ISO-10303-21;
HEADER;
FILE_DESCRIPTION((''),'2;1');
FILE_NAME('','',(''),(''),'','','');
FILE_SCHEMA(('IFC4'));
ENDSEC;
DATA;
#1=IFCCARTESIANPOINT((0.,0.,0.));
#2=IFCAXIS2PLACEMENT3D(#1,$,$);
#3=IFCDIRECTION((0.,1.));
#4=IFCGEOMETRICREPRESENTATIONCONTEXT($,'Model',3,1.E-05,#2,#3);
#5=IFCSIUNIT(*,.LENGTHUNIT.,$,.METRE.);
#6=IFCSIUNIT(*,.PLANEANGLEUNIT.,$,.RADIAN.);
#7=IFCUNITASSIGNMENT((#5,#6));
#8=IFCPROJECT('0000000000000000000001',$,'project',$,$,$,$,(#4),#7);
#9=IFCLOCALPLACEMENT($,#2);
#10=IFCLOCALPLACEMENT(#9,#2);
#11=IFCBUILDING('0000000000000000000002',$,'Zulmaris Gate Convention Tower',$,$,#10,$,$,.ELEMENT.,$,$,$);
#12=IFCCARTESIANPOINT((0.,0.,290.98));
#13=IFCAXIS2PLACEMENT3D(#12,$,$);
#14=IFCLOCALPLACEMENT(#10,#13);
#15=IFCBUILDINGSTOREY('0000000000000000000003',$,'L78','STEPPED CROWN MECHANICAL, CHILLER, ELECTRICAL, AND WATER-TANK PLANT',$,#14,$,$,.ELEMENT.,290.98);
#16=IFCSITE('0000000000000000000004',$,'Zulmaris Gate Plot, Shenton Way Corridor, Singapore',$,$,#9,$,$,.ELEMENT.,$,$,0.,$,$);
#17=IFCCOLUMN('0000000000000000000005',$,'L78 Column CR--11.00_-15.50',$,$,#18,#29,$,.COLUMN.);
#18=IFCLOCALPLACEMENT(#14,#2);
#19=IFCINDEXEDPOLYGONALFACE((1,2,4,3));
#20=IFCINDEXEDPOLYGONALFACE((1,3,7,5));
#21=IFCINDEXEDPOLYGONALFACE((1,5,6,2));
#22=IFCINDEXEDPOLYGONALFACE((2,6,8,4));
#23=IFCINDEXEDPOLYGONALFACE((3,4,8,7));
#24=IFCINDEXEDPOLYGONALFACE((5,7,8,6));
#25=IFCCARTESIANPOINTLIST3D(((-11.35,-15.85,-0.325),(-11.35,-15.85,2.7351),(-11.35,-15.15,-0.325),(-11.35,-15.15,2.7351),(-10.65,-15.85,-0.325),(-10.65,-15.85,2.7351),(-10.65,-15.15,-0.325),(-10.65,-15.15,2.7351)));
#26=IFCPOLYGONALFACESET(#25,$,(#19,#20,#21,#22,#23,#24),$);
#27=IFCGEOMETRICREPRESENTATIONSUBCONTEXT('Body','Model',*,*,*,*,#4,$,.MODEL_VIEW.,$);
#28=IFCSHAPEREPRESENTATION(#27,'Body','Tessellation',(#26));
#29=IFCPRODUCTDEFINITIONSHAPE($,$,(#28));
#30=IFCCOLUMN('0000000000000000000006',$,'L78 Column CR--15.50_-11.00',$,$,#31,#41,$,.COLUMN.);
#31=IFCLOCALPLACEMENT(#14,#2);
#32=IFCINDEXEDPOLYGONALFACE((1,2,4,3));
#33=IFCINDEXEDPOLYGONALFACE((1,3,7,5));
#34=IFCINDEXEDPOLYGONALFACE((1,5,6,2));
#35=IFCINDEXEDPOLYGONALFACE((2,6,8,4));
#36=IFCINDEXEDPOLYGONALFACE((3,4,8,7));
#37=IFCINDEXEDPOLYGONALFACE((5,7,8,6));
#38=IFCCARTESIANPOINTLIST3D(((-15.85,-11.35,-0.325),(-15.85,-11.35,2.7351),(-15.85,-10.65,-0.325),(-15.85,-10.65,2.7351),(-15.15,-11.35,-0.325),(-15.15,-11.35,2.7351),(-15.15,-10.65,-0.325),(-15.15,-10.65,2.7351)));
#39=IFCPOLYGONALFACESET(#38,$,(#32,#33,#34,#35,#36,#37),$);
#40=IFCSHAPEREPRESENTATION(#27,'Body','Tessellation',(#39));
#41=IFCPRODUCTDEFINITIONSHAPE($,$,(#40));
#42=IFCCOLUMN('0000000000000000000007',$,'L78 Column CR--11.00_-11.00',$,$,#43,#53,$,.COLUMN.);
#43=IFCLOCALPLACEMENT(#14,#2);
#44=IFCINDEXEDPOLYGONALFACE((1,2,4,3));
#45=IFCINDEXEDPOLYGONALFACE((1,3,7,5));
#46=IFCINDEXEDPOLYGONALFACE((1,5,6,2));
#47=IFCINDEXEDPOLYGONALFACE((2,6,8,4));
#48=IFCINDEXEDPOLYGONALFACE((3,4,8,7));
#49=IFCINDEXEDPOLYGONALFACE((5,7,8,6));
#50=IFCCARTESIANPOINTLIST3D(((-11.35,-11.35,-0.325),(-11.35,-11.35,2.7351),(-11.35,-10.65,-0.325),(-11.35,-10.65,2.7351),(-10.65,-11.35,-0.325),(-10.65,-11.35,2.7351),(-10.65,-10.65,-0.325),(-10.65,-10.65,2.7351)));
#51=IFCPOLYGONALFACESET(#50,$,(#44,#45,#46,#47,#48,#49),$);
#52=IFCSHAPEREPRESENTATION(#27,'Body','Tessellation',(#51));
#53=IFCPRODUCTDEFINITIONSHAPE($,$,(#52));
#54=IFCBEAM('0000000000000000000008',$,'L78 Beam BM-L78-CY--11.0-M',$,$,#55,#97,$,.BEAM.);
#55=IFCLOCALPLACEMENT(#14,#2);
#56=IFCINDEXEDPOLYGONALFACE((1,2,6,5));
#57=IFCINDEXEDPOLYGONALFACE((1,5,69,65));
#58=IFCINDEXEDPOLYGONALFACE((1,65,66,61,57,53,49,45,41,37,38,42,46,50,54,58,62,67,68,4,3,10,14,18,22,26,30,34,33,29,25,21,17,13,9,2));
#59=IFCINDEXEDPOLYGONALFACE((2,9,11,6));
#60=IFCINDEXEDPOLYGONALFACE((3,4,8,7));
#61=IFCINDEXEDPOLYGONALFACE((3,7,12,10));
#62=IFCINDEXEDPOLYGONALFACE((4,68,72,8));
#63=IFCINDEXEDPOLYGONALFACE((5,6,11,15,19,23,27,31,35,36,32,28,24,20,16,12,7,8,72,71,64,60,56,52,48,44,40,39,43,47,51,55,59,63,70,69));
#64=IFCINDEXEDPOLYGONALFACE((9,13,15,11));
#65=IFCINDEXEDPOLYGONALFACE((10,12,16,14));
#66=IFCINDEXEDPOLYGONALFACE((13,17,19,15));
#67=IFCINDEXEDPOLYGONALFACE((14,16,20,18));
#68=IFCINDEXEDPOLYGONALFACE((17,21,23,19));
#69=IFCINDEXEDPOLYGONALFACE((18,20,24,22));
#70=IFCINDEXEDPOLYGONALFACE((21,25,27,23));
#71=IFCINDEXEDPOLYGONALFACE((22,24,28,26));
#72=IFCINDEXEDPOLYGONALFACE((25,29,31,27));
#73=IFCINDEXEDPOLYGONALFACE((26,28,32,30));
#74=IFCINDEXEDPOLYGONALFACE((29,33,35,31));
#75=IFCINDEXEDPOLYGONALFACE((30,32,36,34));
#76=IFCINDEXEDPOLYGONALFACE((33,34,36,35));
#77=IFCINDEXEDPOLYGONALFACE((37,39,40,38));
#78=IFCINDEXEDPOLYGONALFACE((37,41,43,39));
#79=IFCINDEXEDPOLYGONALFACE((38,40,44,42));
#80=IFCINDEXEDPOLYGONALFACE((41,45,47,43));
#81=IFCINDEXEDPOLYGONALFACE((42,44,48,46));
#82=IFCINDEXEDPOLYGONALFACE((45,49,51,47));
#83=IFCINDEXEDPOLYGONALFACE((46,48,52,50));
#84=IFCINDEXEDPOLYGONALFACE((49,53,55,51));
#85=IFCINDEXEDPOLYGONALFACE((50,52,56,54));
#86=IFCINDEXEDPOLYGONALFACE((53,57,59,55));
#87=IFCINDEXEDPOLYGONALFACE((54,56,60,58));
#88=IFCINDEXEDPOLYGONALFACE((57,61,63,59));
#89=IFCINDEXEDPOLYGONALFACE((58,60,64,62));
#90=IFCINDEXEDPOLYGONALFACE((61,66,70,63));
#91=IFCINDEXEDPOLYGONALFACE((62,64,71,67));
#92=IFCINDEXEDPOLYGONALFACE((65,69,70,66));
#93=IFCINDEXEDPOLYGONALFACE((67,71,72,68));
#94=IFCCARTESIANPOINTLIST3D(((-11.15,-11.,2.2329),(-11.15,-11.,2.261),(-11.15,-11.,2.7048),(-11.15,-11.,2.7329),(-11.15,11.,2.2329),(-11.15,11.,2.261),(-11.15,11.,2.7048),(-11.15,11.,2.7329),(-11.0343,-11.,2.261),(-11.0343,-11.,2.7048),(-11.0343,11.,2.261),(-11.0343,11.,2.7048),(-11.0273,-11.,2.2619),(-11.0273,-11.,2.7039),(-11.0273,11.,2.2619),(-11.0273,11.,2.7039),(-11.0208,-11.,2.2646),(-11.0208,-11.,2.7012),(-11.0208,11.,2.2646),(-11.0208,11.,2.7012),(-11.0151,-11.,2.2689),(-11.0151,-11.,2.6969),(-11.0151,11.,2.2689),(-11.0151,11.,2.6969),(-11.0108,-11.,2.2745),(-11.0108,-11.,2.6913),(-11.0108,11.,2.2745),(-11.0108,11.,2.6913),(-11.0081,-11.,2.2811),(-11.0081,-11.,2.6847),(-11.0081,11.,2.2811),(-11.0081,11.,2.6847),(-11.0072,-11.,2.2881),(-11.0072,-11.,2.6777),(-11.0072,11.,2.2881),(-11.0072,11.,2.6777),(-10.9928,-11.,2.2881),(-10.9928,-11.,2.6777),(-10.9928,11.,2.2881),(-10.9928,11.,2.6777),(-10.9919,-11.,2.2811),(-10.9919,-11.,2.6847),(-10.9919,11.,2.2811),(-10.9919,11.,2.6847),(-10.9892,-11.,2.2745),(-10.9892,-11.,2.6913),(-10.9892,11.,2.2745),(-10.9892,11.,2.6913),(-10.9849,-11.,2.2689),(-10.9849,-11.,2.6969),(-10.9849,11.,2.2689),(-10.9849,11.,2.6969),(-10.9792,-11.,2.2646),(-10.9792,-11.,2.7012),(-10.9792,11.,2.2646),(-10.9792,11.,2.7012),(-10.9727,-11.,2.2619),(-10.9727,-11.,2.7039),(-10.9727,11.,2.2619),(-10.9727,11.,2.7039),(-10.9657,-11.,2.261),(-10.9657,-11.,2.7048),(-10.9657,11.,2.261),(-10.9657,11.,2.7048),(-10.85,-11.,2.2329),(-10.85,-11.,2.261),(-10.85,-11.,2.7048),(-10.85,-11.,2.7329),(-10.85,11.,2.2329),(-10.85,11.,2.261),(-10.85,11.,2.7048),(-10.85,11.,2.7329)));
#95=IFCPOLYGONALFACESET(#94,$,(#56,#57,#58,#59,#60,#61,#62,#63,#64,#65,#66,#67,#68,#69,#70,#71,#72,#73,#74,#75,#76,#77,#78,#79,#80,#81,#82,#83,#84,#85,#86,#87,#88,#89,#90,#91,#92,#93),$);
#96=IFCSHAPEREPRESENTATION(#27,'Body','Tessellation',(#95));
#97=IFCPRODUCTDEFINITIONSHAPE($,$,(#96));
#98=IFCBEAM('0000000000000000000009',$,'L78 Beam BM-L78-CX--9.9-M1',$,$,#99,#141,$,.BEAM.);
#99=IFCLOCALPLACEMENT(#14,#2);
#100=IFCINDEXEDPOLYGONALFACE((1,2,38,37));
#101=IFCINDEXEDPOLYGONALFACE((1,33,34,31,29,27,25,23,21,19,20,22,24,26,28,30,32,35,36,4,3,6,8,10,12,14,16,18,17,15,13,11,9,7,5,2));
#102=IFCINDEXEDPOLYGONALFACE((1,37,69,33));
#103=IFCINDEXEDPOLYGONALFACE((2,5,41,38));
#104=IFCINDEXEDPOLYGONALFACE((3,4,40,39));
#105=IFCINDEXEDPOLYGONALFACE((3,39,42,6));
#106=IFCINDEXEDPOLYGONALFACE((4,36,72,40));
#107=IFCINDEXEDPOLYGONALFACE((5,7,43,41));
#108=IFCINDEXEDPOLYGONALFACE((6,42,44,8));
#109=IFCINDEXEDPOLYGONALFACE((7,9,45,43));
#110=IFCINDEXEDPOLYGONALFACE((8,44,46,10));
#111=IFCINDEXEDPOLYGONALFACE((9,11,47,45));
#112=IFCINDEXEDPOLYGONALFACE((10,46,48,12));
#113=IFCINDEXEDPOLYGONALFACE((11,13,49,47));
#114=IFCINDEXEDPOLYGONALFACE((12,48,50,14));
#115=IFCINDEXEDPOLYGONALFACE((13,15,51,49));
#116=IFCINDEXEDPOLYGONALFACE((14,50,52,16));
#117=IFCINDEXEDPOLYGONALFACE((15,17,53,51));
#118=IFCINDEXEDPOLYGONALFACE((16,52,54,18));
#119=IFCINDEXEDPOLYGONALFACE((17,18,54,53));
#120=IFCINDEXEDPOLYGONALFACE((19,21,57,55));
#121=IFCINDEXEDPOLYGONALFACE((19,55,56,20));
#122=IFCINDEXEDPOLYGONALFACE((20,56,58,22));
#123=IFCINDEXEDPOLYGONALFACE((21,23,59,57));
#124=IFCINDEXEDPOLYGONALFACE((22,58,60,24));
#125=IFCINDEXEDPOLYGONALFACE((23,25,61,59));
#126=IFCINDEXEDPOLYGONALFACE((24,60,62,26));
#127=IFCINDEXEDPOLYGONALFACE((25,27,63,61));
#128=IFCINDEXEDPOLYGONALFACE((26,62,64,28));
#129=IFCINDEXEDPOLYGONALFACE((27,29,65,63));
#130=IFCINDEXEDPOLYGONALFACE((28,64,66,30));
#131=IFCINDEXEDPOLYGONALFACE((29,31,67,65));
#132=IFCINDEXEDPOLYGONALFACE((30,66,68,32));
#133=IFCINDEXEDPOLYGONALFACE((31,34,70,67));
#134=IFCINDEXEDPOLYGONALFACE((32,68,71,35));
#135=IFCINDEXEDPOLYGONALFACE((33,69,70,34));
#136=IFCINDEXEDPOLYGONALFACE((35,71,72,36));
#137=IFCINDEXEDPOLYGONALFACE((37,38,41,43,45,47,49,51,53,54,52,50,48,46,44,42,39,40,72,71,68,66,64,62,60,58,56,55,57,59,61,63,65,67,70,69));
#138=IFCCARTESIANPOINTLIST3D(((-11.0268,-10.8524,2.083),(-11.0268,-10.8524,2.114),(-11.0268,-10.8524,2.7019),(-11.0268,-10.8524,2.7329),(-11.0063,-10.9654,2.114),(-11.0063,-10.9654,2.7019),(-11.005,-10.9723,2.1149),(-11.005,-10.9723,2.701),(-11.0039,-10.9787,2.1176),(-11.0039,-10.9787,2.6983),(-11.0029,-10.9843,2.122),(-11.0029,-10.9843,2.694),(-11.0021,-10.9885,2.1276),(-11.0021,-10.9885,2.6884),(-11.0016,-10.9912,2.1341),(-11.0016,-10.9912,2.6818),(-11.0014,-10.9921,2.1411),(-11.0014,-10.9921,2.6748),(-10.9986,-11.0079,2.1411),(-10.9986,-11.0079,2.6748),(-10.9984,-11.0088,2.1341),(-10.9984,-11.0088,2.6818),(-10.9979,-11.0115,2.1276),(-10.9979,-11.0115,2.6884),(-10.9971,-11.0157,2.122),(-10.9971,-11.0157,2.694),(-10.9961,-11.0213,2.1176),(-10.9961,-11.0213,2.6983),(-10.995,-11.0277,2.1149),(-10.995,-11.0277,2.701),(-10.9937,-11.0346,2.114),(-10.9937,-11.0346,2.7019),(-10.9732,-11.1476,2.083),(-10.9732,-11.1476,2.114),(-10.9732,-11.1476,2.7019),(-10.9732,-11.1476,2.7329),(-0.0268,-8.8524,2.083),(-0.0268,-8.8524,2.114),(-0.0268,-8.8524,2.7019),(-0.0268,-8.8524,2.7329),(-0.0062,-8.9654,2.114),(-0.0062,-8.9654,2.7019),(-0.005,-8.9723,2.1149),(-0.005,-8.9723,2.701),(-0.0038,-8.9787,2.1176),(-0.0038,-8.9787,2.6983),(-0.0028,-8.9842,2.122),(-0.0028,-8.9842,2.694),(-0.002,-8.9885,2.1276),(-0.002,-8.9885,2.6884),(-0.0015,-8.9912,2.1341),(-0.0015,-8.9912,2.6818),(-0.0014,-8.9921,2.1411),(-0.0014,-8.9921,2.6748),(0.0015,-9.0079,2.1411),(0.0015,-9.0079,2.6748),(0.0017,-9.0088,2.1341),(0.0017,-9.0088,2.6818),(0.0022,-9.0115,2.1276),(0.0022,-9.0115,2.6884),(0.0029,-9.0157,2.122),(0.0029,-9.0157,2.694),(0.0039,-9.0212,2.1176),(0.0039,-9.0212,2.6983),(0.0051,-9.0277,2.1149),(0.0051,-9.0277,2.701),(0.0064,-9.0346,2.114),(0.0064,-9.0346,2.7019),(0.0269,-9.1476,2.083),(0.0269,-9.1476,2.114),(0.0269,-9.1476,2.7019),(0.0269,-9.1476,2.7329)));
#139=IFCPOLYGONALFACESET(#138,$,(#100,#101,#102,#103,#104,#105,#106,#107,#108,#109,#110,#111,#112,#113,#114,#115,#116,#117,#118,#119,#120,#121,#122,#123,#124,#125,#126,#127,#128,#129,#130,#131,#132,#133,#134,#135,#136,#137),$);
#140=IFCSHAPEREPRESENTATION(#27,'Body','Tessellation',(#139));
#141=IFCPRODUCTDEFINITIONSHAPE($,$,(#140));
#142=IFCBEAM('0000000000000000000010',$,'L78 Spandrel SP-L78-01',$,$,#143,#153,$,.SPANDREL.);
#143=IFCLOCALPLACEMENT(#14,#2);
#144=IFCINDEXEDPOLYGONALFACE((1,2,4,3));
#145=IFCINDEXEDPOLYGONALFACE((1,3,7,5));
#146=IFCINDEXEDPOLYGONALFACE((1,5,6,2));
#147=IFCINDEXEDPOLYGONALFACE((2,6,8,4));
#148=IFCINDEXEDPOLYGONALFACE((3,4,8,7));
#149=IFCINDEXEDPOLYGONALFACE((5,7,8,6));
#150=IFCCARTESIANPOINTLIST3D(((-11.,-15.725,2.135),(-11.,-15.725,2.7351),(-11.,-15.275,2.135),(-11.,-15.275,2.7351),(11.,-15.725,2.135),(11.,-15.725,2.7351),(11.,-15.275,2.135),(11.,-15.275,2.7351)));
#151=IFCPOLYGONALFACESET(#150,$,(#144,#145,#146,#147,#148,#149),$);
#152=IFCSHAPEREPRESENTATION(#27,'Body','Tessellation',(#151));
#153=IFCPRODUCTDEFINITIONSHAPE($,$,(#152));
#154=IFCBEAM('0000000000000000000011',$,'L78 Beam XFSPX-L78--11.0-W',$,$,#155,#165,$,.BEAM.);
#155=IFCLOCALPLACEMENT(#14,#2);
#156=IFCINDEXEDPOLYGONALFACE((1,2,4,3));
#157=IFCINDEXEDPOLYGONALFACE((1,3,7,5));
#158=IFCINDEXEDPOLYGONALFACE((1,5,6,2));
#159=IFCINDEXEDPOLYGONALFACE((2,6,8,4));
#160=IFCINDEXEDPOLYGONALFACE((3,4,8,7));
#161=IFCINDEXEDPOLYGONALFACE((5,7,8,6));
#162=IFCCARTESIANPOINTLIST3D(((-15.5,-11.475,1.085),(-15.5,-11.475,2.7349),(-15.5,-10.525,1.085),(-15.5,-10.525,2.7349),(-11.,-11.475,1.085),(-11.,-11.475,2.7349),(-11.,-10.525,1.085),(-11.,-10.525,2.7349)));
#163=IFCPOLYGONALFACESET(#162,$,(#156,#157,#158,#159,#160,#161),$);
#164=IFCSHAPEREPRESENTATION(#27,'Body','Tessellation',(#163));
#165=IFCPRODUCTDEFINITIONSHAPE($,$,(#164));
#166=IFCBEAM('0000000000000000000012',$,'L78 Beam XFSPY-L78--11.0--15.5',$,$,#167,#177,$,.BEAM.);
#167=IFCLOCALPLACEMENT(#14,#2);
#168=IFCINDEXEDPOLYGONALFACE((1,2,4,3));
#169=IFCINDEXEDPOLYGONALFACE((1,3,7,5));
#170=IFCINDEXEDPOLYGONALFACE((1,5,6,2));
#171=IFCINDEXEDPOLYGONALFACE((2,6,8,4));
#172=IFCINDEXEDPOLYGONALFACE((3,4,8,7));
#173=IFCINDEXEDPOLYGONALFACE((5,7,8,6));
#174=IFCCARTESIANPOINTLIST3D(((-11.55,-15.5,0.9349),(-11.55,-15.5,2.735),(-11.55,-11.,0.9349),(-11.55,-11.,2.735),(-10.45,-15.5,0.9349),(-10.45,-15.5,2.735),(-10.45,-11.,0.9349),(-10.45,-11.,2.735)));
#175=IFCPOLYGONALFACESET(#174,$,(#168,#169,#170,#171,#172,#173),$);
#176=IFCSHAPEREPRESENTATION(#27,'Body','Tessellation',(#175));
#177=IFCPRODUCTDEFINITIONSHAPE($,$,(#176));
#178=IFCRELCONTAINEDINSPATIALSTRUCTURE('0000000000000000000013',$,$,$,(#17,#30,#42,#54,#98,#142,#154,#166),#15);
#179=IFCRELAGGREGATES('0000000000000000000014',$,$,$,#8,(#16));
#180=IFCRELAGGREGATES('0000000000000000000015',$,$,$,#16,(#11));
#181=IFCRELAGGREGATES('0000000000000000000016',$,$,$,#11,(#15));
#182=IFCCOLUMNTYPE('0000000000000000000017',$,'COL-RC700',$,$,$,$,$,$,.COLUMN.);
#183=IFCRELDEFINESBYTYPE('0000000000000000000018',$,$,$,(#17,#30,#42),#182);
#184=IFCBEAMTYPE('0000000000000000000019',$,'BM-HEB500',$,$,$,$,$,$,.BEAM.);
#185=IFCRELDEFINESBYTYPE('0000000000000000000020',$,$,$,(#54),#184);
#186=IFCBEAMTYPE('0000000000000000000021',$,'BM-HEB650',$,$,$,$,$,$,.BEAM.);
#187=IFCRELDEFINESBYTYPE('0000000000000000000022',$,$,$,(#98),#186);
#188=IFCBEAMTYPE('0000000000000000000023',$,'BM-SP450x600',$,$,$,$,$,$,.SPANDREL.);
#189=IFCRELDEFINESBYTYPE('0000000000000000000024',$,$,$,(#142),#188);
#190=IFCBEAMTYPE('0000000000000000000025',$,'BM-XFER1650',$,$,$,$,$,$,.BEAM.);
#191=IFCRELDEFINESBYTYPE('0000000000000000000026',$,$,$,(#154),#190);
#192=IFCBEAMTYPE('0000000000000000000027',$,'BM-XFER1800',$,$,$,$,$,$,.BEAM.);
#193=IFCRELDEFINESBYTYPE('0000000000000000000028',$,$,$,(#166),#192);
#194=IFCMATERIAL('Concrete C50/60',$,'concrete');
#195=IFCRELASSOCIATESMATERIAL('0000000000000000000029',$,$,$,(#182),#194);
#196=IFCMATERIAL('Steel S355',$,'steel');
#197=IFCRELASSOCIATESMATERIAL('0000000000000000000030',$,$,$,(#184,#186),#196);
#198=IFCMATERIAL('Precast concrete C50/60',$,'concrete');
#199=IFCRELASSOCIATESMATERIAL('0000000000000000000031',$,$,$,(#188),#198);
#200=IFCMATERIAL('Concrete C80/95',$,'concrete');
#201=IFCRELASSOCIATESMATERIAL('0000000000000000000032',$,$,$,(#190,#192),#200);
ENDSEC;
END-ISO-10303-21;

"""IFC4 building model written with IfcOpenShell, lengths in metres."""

from ifc_helpers import new_model, si_unit, direction, frame, origin, origin_2d, place, context, subcontext, project, spatial, rectangle, i_section, extrude, material, material_profile, profile_set, type_object, element, save


model = new_model("IFC4")

# Units and contexts
model_context = context("Model", 3, precision=1e-05, world=origin(), true_north=direction((0.0, 1.0)))
body_context = subcontext(model_context, "Body", "Model", "MODEL_VIEW")
ifc_project = project(units=[si_unit("LENGTHUNIT", "METRE"), si_unit("PLANEANGLEUNIT", "RADIAN")], contexts=[model_context])

# Site, building, storey
site_placement = place(None, origin())
site = spatial("IfcSite", under=ifc_project, at=site_placement, Name="Zulmaris Gate Plot, Shenton Way Corridor, Singapore", CompositionType="ELEMENT", RefElevation=0.0)
building_placement = place(site_placement, origin())
building = spatial("IfcBuilding", under=site, at=building_placement, Name="Zulmaris Gate Convention Tower", CompositionType="ELEMENT")
storey_placement = place(building_placement, frame((0.0, 0.0, 290.98)))
storey = spatial("IfcBuildingStorey", under=building, at=storey_placement, Name="L78", Description="STEPPED CROWN MECHANICAL, CHILLER, ELECTRICAL, AND WATER-TANK PLANT", CompositionType="ELEMENT", Elevation=290.98)

# Columns
ifc_material_1 = material(Name="Concrete C50/60", Category="concrete")
ifc_material_profile_1 = material_profile(ifc_material_1, rectangle(XDim=0.7, YDim=0.7, at=origin_2d()), Name="RC COL 700x700")
ifc_profile_set_1 = profile_set([ifc_material_profile_1], Name="Concrete C50/60")
column_type = type_object("IfcColumnType", Name="COL-RC700", PredefinedType="COLUMN", material=ifc_profile_set_1)
for number, where, z_axis, x_axis, name in (
    (1, (-11.0, -15.5, -0.325), (0.0, 0.0, 1.0), (1.0, 0.0, 0.0), "L78 Column CR--11.00_-15.50"),
    (2, (-15.5, -11.0, -0.325), (0.0, 0.0, 1.0), (1.0, 0.0, 0.0), "L78 Column CR--15.50_-11.00"),
    (3, (-11.0, -11.0, -0.325), (0.0, 0.0, 1.0), (1.0, 0.0, 0.0), "L78 Column CR--11.00_-11.00"),
):
    element("IfcColumn", number, at=place(storey_placement, frame(where, z_axis=z_axis, x_axis=x_axis)), inside=storey, type_object=column_type, Name=name, PredefinedType="COLUMN", context=body_context, shape_type="SweptSolid", body=[
        extrude(rectangle(XDim=0.7, YDim=0.7, at=origin_2d()), origin(), (0.0, 0.0, 1.0), 3.0601),
    ])

# Beams
ifc_material_2 = material(Name="Steel S355", Category="steel")
ifc_material_profile_2 = material_profile(ifc_material_2, i_section(OverallWidth=0.3, OverallDepth=0.5, WebThickness=0.0144, FlangeThickness=0.0281, FilletRadius=0.0271, at=origin_2d()), Name="HEB 500")
ifc_profile_set_2 = profile_set([ifc_material_profile_2], Name="Steel S355")
beam_type_1 = type_object("IfcBeamType", Name="BM-HEB500", PredefinedType="BEAM", material=ifc_profile_set_2)
beam_1_placement = place(storey_placement, frame((-11.0, -11.0, 2.4829), z_axis=(0.0, 1.0, 0.0), x_axis=(-1.0, 0.0, 0.0)))
element("IfcBeam", 4, at=beam_1_placement, inside=storey, type_object=beam_type_1, Name="L78 Beam BM-L78-CY--11.0-M", PredefinedType="BEAM", context=body_context, shape_type="SweptSolid", body=[
    extrude(i_section(OverallWidth=0.3, OverallDepth=0.5, WebThickness=0.0144, FlangeThickness=0.0281, FilletRadius=0.0271, at=origin_2d()), origin(), (0.0, 0.0, 1.0), 22.0),
])
ifc_material_profile_3 = material_profile(ifc_material_2, i_section(OverallWidth=0.3, OverallDepth=0.6499, WebThickness=0.0161, FlangeThickness=0.031, FilletRadius=0.0271, at=origin_2d()), Name="HEB 650")
ifc_profile_set_3 = profile_set([ifc_material_profile_3], Name="Steel S355")
beam_type_2 = type_object("IfcBeamType", Name="BM-HEB650", PredefinedType="BEAM", material=ifc_profile_set_3)
beam_2_placement = place(storey_placement, frame((-11.0, -11.0, 2.408), z_axis=(0.98387, 0.178885, 0.0), x_axis=(-0.178885, 0.98387, 0.0)))
element("IfcBeam", 5, at=beam_2_placement, inside=storey, type_object=beam_type_2, Name="L78 Beam BM-L78-CX--9.9-M1", PredefinedType="BEAM", context=body_context, shape_type="SweptSolid", body=[
    extrude(i_section(OverallWidth=0.3, OverallDepth=0.6499, WebThickness=0.0161, FlangeThickness=0.031, FilletRadius=0.0271, at=origin_2d()), origin(), (0.0, 0.0, 1.0), 11.1804),
])
ifc_material_3 = material(Name="Precast concrete C50/60", Category="concrete")
ifc_material_profile_4 = material_profile(ifc_material_3, rectangle(XDim=0.45, YDim=0.6001, at=origin_2d()), Name="RC SPANDREL 450x600")
ifc_profile_set_4 = profile_set([ifc_material_profile_4], Name="Precast concrete C50/60")
beam_type_3 = type_object("IfcBeamType", Name="BM-SP450x600", PredefinedType="SPANDREL", material=ifc_profile_set_4)
beam_3_placement = place(storey_placement, frame((-11.0, -15.5, 2.4351), z_axis=(1.0, 0.0, 0.0), x_axis=(0.0, 1.0, 0.0)))
element("IfcBeam", 6, at=beam_3_placement, inside=storey, type_object=beam_type_3, Name="L78 Spandrel SP-L78-01", PredefinedType="SPANDREL", context=body_context, shape_type="SweptSolid", body=[
    extrude(rectangle(XDim=0.45, YDim=0.6001, at=origin_2d()), origin(), (0.0, 0.0, 1.0), 22.0),
])
ifc_material_4 = material(Name="Concrete C80/95", Category="concrete")
ifc_material_profile_5 = material_profile(ifc_material_4, rectangle(XDim=0.95, YDim=1.6499, at=origin_2d()), Name="RC TRANSFER 950x1650")
ifc_profile_set_5 = profile_set([ifc_material_profile_5], Name="Concrete C80/95")
beam_type_4 = type_object("IfcBeamType", Name="BM-XFER1650", PredefinedType="BEAM", material=ifc_profile_set_5)
beam_4_placement = place(storey_placement, frame((-15.5, -11.0, 1.9099), z_axis=(1.0, 0.0, 0.0), x_axis=(0.0, 1.0, 0.0)))
element("IfcBeam", 7, at=beam_4_placement, inside=storey, type_object=beam_type_4, Name="L78 Beam XFSPX-L78--11.0-W", PredefinedType="BEAM", context=body_context, shape_type="SweptSolid", body=[
    extrude(rectangle(XDim=0.95, YDim=1.6499, at=origin_2d()), origin(), (0.0, 0.0, 1.0), 4.5),
])
ifc_material_profile_6 = material_profile(ifc_material_4, rectangle(XDim=1.1001, YDim=1.8, at=origin_2d()), Name="RC TRANSFER 1100x1800")
ifc_profile_set_6 = profile_set([ifc_material_profile_6], Name="Concrete C80/95")
beam_type_5 = type_object("IfcBeamType", Name="BM-XFER1800", PredefinedType="BEAM", material=ifc_profile_set_6)
beam_5_placement = place(storey_placement, frame((-11.0, -15.5, 1.835), z_axis=(0.0, 1.0, 0.0), x_axis=(-1.0, 0.0, 0.0)))
element("IfcBeam", 8, at=beam_5_placement, inside=storey, type_object=beam_type_5, Name="L78 Beam XFSPY-L78--11.0--15.5", PredefinedType="BEAM", context=body_context, shape_type="SweptSolid", body=[
    extrude(rectangle(XDim=1.1001, YDim=1.8, at=origin_2d()), origin(), (0.0, 0.0, 1.0), 4.5),
])

save(model, "model.ifc")
